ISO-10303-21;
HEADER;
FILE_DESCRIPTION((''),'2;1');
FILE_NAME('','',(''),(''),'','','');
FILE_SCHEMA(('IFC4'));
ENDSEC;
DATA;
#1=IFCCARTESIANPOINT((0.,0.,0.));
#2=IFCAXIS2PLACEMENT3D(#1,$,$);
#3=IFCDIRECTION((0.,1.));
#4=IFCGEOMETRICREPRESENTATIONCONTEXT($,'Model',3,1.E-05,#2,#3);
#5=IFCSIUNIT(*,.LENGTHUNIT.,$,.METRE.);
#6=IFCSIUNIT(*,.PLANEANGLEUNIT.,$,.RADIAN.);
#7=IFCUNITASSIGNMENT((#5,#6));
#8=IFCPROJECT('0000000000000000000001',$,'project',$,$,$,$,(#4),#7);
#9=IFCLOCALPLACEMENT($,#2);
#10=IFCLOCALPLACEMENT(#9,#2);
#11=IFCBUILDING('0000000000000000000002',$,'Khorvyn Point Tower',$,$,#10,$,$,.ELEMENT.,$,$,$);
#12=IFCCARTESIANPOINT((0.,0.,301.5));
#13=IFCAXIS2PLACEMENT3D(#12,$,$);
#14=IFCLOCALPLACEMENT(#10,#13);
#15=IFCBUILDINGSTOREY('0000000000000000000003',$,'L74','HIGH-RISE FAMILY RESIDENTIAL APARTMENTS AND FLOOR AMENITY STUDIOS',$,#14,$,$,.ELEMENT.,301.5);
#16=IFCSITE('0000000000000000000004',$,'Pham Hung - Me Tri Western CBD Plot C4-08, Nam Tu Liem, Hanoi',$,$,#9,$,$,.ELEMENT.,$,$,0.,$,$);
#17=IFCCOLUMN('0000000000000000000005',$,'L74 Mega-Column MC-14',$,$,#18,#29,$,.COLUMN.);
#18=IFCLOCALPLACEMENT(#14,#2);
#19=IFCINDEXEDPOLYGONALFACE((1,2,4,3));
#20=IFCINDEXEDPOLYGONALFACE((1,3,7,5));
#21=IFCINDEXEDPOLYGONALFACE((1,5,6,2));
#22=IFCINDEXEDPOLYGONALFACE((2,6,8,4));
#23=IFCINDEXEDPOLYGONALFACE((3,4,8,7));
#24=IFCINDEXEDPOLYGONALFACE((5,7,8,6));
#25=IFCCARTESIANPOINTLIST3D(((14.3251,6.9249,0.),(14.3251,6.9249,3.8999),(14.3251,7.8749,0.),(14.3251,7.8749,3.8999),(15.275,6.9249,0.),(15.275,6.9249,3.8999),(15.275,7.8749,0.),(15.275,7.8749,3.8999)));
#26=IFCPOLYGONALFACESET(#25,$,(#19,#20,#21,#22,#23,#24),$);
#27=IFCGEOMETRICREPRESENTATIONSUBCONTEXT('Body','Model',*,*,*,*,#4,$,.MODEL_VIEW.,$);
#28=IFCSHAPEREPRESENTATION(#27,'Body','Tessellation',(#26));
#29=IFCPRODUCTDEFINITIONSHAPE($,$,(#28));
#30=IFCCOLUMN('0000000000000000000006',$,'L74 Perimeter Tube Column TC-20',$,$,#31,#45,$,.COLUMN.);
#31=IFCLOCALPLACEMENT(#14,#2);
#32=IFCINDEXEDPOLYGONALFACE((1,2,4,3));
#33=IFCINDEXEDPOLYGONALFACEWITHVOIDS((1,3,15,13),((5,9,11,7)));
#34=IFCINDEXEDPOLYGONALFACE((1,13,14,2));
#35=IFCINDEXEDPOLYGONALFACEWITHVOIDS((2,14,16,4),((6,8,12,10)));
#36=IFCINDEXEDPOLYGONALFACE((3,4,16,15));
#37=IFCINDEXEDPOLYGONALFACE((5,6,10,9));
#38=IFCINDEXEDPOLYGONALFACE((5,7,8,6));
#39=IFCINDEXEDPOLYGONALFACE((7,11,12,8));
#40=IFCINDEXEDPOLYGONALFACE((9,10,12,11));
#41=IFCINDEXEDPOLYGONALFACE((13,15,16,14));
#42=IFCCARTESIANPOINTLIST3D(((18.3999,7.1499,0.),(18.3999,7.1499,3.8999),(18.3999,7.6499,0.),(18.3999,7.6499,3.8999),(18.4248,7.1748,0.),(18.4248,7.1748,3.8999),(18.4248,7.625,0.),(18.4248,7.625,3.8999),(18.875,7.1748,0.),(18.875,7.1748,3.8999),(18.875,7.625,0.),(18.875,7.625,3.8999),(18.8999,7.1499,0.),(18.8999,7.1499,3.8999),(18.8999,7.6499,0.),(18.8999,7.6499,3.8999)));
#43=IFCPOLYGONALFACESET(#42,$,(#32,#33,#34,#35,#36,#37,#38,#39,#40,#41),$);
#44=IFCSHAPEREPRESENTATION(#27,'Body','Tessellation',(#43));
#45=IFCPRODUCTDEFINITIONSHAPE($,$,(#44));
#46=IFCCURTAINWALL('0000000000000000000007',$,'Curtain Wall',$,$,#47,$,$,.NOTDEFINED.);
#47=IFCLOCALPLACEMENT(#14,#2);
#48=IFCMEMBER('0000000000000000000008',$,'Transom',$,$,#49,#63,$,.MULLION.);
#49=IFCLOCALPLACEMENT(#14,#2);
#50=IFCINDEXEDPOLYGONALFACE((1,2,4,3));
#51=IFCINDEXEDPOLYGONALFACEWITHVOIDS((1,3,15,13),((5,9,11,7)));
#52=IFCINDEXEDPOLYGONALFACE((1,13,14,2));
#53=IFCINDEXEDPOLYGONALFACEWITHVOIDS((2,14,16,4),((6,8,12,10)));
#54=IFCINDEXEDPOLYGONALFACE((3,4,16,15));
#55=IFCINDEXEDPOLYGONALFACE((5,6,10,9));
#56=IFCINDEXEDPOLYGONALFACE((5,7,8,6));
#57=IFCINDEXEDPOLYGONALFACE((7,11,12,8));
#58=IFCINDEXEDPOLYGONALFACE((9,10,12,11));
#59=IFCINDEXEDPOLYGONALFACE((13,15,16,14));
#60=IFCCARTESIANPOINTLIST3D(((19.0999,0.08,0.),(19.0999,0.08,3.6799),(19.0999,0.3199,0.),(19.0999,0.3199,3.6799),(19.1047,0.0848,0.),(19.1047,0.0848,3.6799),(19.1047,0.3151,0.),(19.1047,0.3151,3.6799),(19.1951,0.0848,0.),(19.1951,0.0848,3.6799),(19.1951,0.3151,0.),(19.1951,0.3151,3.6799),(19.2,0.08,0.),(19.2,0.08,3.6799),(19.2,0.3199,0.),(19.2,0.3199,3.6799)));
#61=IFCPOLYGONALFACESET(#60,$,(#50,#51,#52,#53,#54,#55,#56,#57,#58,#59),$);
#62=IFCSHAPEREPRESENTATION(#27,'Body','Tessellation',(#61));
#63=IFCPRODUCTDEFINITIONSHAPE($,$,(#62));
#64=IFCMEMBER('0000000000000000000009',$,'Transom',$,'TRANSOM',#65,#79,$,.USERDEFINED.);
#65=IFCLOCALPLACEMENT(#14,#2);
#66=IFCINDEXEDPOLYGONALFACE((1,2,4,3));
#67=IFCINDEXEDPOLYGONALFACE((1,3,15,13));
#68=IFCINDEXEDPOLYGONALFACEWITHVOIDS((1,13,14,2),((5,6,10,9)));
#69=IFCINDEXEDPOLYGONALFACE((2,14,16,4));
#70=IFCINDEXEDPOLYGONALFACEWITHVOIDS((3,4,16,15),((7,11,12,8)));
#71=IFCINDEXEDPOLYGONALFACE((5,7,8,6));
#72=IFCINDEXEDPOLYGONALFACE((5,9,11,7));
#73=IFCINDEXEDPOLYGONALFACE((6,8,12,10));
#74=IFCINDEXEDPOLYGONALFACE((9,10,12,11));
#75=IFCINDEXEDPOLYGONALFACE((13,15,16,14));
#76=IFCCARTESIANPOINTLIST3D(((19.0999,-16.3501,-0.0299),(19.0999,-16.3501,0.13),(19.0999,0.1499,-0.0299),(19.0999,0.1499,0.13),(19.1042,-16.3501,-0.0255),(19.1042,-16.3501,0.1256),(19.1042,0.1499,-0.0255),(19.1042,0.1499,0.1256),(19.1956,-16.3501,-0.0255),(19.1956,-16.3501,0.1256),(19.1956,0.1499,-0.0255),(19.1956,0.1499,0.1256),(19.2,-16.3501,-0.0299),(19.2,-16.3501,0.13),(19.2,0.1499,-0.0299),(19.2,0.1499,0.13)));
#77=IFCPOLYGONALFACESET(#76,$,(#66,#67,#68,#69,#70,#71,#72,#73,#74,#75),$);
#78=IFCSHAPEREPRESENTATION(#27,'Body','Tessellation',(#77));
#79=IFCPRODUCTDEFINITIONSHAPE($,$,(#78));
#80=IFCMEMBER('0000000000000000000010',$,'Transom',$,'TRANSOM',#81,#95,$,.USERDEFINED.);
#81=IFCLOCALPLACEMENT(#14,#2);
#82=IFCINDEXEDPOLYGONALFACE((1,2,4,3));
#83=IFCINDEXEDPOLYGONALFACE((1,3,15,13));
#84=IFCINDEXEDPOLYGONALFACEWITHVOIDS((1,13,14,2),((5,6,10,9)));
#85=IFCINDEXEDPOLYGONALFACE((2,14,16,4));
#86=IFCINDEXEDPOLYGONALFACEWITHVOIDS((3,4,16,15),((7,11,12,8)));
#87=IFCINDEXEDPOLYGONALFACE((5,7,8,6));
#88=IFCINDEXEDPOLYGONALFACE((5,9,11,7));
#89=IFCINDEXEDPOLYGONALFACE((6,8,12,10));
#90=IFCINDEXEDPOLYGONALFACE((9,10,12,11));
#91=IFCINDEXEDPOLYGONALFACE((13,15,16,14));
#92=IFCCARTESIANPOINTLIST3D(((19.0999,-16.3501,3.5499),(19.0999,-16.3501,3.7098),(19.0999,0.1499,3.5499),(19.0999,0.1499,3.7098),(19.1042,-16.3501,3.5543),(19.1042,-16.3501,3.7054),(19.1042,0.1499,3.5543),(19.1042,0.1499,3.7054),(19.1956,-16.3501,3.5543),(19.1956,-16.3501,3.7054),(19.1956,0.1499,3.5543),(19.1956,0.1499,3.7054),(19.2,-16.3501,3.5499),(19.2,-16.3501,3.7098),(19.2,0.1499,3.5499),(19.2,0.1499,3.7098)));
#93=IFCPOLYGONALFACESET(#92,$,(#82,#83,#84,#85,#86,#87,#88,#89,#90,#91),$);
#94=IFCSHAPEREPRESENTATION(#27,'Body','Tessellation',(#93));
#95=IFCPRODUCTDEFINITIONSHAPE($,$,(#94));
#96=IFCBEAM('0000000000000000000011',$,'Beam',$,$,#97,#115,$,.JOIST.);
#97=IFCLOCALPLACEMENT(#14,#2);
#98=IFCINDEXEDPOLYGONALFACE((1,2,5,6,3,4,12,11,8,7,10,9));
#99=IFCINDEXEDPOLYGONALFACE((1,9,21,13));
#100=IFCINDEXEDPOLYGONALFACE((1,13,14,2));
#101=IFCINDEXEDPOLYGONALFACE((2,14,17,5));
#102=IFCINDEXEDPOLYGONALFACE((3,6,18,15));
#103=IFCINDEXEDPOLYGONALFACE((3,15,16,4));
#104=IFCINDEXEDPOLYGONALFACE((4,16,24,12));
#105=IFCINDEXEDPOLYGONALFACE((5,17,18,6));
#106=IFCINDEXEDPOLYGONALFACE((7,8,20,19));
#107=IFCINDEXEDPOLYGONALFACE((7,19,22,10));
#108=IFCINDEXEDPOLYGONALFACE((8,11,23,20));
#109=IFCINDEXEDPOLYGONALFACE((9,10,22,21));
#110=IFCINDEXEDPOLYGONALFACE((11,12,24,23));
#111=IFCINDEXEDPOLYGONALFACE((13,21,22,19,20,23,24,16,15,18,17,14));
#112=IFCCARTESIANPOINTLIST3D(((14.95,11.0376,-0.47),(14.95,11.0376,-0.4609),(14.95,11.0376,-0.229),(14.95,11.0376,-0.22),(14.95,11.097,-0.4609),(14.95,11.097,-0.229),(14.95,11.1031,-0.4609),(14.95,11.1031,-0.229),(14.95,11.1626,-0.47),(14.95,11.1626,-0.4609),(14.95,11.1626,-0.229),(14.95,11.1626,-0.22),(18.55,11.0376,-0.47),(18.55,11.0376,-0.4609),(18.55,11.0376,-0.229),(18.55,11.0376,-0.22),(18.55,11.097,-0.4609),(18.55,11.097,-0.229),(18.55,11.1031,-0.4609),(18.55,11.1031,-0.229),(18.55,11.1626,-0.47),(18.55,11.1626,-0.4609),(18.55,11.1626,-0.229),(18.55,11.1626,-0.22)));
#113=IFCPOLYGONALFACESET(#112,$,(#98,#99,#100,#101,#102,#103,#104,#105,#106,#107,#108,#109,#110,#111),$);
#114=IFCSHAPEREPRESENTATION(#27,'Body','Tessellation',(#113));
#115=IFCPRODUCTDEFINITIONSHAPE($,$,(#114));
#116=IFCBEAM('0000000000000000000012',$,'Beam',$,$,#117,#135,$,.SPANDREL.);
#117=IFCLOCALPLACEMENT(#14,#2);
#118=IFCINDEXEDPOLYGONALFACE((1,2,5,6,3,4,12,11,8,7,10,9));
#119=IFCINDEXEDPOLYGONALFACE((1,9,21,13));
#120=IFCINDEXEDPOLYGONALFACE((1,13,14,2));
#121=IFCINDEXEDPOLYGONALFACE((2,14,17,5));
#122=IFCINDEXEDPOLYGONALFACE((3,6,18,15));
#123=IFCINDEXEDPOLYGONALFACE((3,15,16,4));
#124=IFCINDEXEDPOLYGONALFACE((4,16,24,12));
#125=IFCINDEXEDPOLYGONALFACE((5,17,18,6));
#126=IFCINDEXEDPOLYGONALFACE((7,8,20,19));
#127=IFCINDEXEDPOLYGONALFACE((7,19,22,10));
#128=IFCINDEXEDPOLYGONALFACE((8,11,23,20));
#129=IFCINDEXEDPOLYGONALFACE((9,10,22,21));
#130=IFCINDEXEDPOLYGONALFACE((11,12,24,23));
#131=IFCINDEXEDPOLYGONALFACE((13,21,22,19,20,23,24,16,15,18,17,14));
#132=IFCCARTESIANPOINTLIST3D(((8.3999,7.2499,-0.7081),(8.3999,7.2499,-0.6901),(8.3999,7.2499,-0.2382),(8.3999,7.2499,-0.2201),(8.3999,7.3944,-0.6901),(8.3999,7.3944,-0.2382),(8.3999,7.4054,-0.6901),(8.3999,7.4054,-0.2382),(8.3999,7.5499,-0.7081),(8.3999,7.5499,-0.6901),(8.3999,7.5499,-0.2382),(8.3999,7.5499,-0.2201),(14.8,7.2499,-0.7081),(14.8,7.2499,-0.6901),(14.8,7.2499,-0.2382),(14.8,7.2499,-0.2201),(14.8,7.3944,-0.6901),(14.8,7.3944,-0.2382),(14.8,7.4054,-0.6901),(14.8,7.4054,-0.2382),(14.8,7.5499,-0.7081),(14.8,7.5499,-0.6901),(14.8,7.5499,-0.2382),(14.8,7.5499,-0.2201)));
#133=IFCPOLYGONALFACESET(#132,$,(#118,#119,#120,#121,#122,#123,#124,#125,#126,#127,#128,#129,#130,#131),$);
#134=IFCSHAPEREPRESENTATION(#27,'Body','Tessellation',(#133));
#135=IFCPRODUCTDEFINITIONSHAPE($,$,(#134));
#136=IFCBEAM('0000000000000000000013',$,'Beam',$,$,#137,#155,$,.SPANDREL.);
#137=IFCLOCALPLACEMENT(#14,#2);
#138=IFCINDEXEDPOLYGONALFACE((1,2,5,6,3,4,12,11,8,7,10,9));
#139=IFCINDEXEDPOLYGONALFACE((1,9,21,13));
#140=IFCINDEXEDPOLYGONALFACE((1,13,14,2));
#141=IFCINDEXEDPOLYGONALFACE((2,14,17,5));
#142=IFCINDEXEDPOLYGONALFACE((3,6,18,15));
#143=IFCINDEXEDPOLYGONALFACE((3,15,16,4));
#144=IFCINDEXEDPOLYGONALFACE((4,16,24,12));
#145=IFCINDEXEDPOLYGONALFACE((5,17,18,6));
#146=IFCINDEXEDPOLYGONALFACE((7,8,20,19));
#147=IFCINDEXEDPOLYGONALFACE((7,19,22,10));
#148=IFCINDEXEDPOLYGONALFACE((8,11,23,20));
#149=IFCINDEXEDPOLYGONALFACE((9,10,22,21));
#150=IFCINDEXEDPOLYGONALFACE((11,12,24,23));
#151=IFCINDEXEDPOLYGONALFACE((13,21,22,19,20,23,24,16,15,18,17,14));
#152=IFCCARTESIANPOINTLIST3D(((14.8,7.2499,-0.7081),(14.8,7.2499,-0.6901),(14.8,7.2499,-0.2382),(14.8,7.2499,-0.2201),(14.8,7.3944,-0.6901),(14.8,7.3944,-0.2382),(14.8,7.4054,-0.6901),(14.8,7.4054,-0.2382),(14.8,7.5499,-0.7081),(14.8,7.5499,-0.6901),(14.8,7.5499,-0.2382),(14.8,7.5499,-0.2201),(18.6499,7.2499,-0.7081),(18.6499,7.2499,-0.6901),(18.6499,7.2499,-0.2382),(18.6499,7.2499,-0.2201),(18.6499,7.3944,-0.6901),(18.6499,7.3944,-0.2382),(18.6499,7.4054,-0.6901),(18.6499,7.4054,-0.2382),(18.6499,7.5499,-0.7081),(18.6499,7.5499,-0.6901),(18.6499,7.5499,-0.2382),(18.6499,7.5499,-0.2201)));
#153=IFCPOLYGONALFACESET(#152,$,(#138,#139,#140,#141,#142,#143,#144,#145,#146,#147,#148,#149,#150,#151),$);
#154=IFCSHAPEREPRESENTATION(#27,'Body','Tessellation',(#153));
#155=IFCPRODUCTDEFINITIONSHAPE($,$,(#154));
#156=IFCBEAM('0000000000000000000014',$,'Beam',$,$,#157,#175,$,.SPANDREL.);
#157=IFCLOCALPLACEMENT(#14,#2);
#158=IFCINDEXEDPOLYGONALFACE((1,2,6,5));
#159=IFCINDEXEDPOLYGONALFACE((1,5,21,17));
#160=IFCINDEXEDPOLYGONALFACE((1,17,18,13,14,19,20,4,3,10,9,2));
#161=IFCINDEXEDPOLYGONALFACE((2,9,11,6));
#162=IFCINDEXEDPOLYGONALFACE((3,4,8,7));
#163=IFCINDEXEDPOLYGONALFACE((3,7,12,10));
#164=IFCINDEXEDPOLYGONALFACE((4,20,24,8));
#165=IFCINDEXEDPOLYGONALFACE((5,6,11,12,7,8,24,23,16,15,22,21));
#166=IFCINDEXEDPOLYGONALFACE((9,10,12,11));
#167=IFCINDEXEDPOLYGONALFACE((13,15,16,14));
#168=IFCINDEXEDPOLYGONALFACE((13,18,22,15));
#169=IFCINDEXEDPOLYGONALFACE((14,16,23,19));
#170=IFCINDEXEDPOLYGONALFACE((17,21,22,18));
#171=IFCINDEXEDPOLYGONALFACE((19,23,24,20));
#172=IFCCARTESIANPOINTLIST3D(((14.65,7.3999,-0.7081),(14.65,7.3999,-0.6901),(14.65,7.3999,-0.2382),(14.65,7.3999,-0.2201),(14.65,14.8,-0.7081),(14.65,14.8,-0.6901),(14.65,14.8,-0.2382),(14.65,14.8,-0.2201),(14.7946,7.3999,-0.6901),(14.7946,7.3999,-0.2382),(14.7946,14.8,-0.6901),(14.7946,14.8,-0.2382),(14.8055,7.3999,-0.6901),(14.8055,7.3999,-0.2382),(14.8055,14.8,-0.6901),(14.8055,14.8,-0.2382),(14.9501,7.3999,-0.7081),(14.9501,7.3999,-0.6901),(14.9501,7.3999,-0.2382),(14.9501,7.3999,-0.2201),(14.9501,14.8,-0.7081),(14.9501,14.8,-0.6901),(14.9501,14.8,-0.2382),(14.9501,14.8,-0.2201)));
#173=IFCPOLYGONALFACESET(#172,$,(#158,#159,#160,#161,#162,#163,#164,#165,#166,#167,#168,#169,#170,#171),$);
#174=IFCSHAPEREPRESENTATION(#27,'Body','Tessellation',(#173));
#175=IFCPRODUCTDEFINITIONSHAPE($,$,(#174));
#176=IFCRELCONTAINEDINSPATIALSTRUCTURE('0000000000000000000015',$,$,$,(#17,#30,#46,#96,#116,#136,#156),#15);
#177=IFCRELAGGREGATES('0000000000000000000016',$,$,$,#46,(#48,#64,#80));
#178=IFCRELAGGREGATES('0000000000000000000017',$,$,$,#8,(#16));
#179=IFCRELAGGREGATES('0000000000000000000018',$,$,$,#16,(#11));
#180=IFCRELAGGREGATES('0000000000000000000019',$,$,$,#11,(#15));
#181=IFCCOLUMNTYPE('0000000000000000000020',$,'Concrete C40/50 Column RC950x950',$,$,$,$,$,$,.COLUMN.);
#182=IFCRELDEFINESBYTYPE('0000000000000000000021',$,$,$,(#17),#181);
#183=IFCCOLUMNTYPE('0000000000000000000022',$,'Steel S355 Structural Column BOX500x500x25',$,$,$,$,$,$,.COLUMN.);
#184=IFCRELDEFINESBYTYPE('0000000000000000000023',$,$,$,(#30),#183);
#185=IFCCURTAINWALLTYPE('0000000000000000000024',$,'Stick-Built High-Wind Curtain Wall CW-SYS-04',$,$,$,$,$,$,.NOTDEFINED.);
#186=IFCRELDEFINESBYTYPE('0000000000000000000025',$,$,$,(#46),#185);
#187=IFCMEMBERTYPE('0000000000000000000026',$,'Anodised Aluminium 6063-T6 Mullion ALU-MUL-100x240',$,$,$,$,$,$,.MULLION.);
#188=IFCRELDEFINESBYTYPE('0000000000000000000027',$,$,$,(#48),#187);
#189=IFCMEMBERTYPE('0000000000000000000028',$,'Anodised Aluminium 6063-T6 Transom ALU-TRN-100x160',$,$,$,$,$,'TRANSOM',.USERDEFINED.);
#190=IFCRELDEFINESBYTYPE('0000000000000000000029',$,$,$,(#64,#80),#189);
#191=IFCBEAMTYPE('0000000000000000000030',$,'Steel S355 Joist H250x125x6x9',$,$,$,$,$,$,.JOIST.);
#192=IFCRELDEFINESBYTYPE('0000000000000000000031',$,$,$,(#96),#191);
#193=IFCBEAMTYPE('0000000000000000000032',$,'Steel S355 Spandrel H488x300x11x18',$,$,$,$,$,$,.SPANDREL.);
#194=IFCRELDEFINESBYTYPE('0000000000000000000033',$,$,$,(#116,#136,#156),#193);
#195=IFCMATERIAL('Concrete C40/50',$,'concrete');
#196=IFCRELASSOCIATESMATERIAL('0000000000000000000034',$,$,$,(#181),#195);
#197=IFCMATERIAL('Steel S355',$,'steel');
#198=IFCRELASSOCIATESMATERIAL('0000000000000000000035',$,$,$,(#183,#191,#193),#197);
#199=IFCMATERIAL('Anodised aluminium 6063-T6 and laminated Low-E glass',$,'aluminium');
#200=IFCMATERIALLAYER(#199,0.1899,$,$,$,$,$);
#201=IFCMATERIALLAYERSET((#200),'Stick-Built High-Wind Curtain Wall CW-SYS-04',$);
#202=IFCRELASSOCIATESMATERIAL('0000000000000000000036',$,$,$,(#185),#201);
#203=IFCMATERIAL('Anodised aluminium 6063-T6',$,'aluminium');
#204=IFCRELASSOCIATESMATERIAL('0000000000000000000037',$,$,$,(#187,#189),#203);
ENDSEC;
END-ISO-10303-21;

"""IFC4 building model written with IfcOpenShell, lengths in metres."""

from ifc_helpers import new_model, si_unit, direction, frame, origin, origin_2d, place, context, subcontext, project, spatial, rectangle, hollow_rectangle, i_section, extrude, material, layer, layer_set, material_profile, profile_set, type_object, element, aggregate, save


model = new_model("IFC4")

# Units and contexts
model_context = context("Model", 3, precision=1e-05, world=origin(), true_north=direction((0.0, 1.0)))
body_context = subcontext(model_context, "Body", "Model", "MODEL_VIEW")
ifc_project = project(units=[si_unit("LENGTHUNIT", "METRE"), si_unit("PLANEANGLEUNIT", "RADIAN")], contexts=[model_context])

# Site, building, storey
site_placement = place(None, origin())
site = spatial("IfcSite", under=ifc_project, at=site_placement, Name="Pham Hung - Me Tri Western CBD Plot C4-08, Nam Tu Liem, Hanoi", CompositionType="ELEMENT", RefElevation=0.0)
building_placement = place(site_placement, origin())
building = spatial("IfcBuilding", under=site, at=building_placement, Name="Khorvyn Point Tower", CompositionType="ELEMENT")
storey_placement = place(building_placement, frame((0.0, 0.0, 301.5)))
storey = spatial("IfcBuildingStorey", under=building, at=storey_placement, Name="L74", Description="HIGH-RISE FAMILY RESIDENTIAL APARTMENTS AND FLOOR AMENITY STUDIOS", CompositionType="ELEMENT", Elevation=301.5)

# Columns
ifc_material_1 = material(Name="Concrete C40/50", Category="concrete")
ifc_material_profile_1 = material_profile(ifc_material_1, rectangle(XDim=0.95, YDim=0.95, at=origin_2d()))
ifc_profile_set_1 = profile_set([ifc_material_profile_1], Name="Concrete C40/50 RC950x950")
column_type_1 = type_object("IfcColumnType", Name="Concrete C40/50 Column RC950x950", PredefinedType="COLUMN", material=ifc_profile_set_1)
column_1_placement = place(storey_placement, frame((14.8, 7.3999, 0.0), z_axis=(0.0, 0.0, 1.0), x_axis=(1.0, 0.0, 0.0)))
element("IfcColumn", 1, at=column_1_placement, inside=storey, type_object=column_type_1, Name="L74 Mega-Column MC-14", PredefinedType="COLUMN", context=body_context, shape_type="SweptSolid", body=[
    extrude(rectangle(XDim=0.95, YDim=0.95, at=origin_2d()), origin(), (0.0, 0.0, 1.0), 3.8999),
])
ifc_material_2 = material(Name="Steel S355", Category="steel")
ifc_material_profile_2 = material_profile(ifc_material_2, hollow_rectangle(XDim=0.5, YDim=0.5, WallThickness=0.0249, at=origin_2d()))
ifc_profile_set_2 = profile_set([ifc_material_profile_2], Name="Steel S355 BOX500x500x25")
column_type_2 = type_object("IfcColumnType", Name="Steel S355 Structural Column BOX500x500x25", PredefinedType="COLUMN", material=ifc_profile_set_2)
column_2_placement = place(storey_placement, frame((18.6499, 7.3999, 0.0), z_axis=(0.0, 0.0, 1.0), x_axis=(1.0, 0.0, 0.0)))
element("IfcColumn", 2, at=column_2_placement, inside=storey, type_object=column_type_2, Name="L74 Perimeter Tube Column TC-20", PredefinedType="COLUMN", context=body_context, shape_type="SweptSolid", body=[
    extrude(hollow_rectangle(XDim=0.5, YDim=0.5, WallThickness=0.0249, at=origin_2d()), origin(), (0.0, 0.0, 1.0), 3.8999),
])

# Curtain wall, members
ifc_material_3 = material(Name="Anodised aluminium 6063-T6 and laminated Low-E glass", Category="aluminium")
ifc_layer_1 = layer(ifc_material_3, 0.1899)
ifc_layer_set_1 = layer_set([ifc_layer_1], Name="Stick-Built High-Wind Curtain Wall CW-SYS-04")
curtain_wall_type = type_object("IfcCurtainWallType", Name="Stick-Built High-Wind Curtain Wall CW-SYS-04", PredefinedType="NOTDEFINED", material=ifc_layer_set_1)
curtain_wall_placement = place(storey_placement, origin())
curtain_wall = element("IfcCurtainWall", 3, at=curtain_wall_placement, inside=storey, type_object=curtain_wall_type, Name="Curtain Wall", PredefinedType="NOTDEFINED")
ifc_material_4 = material(Name="Anodised aluminium 6063-T6", Category="aluminium")
ifc_material_profile_3 = material_profile(ifc_material_4, hollow_rectangle(XDim=0.1001, YDim=0.24, WallThickness=0.0049, at=origin_2d()))
ifc_profile_set_3 = profile_set([ifc_material_profile_3], Name="Anodised aluminium 6063-T6 ALU-MUL-100x240")
member_type_1 = type_object("IfcMemberType", Name="Anodised Aluminium 6063-T6 Mullion ALU-MUL-100x240", PredefinedType="MULLION", material=ifc_profile_set_3)
member_1_placement = place(storey_placement, frame((19.1499, 0.2, 0.0), z_axis=(0.0, 0.0, 1.0), x_axis=(1.0, 0.0, 0.0)))
member_1 = element("IfcMember", 4, at=member_1_placement, type_object=member_type_1, Name="Transom", PredefinedType="MULLION", context=body_context, shape_type="SweptSolid", body=[
    extrude(hollow_rectangle(XDim=0.1001, YDim=0.24, WallThickness=0.0049, at=origin_2d()), origin(), (0.0, 0.0, 1.0), 3.6799),
])
ifc_material_profile_4 = material_profile(ifc_material_4, hollow_rectangle(XDim=0.1001, YDim=0.1599, WallThickness=0.0044, at=origin_2d()))
ifc_profile_set_4 = profile_set([ifc_material_profile_4], Name="Anodised aluminium 6063-T6 ALU-TRN-100x160")
member_type_2 = type_object("IfcMemberType", Name="Anodised Aluminium 6063-T6 Transom ALU-TRN-100x160", ElementType="TRANSOM", PredefinedType="USERDEFINED", material=ifc_profile_set_4)
member_2_placement = place(storey_placement, frame((19.1499, 0.1499, 0.05), z_axis=(0.0, -1.0, 0.0), x_axis=(1.0, 0.0, 0.0)))
member_2 = element("IfcMember", 5, at=member_2_placement, type_object=member_type_2, Name="Transom", ObjectType="TRANSOM", PredefinedType="USERDEFINED", context=body_context, shape_type="SweptSolid", body=[
    extrude(hollow_rectangle(XDim=0.1001, YDim=0.1599, WallThickness=0.0044, at=origin_2d()), origin(), (0.0, 0.0, 1.0), 16.5),
])
member_3_placement = place(storey_placement, frame((19.1499, 0.1499, 3.6299), z_axis=(0.0, -1.0, 0.0), x_axis=(1.0, 0.0, 0.0)))
member_3 = element("IfcMember", 6, at=member_3_placement, type_object=member_type_2, Name="Transom", ObjectType="TRANSOM", PredefinedType="USERDEFINED", context=body_context, shape_type="SweptSolid", body=[
    extrude(hollow_rectangle(XDim=0.1001, YDim=0.1599, WallThickness=0.0044, at=origin_2d()), origin(), (0.0, 0.0, 1.0), 16.5),
])

# Beams
ifc_material_profile_5 = material_profile(ifc_material_2, i_section(OverallWidth=0.125, OverallDepth=0.25, WebThickness=0.0061, FlangeThickness=0.009, at=origin_2d()))
ifc_profile_set_5 = profile_set([ifc_material_profile_5], Name="Steel S355 H250x125x6x9")
beam_type_1 = type_object("IfcBeamType", Name="Steel S355 Joist H250x125x6x9", PredefinedType="JOIST", material=ifc_profile_set_5)
beam_1_placement = place(storey_placement, frame((14.95, 11.1001, -0.345), z_axis=(1.0, 0.0, 0.0), x_axis=(0.0, 1.0, 0.0)))
element("IfcBeam", 7, at=beam_1_placement, inside=storey, type_object=beam_type_1, Name="Beam", PredefinedType="JOIST", context=body_context, shape_type="SweptSolid", body=[
    extrude(i_section(OverallWidth=0.125, OverallDepth=0.25, WebThickness=0.0061, FlangeThickness=0.009, at=origin_2d()), origin(), (0.0, 0.0, 1.0), 3.6001),
])
ifc_material_profile_6 = material_profile(ifc_material_2, i_section(OverallWidth=0.3, OverallDepth=0.488, WebThickness=0.011, FlangeThickness=0.0181, at=origin_2d()))
ifc_profile_set_6 = profile_set([ifc_material_profile_6], Name="Steel S355 H488x300x11x18")
beam_type_2 = type_object("IfcBeamType", Name="Steel S355 Spandrel H488x300x11x18", PredefinedType="SPANDREL", material=ifc_profile_set_6)
beam_2_placement = place(storey_placement, frame((8.3999, 7.3999, -0.4641), z_axis=(1.0, 0.0, 0.0), x_axis=(0.0, 1.0, 0.0)))
element("IfcBeam", 8, at=beam_2_placement, inside=storey, type_object=beam_type_2, Name="Beam", PredefinedType="SPANDREL", context=body_context, shape_type="SweptSolid", body=[
    extrude(i_section(OverallWidth=0.3, OverallDepth=0.488, WebThickness=0.011, FlangeThickness=0.0181, at=origin_2d()), origin(), (0.0, 0.0, 1.0), 6.4001),
])
beam_3_placement = place(storey_placement, frame((14.8, 7.3999, -0.4641), z_axis=(1.0, 0.0, 0.0), x_axis=(0.0, 1.0, 0.0)))
element("IfcBeam", 9, at=beam_3_placement, inside=storey, type_object=beam_type_2, Name="Beam", PredefinedType="SPANDREL", context=body_context, shape_type="SweptSolid", body=[
    extrude(i_section(OverallWidth=0.3, OverallDepth=0.488, WebThickness=0.011, FlangeThickness=0.0181, at=origin_2d()), origin(), (0.0, 0.0, 1.0), 3.8499),
])
beam_4_placement = place(storey_placement, frame((14.8, 7.3999, -0.4641), z_axis=(0.0, 1.0, 0.0), x_axis=(-1.0, 0.0, 0.0)))
element("IfcBeam", 10, at=beam_4_placement, inside=storey, type_object=beam_type_2, Name="Beam", PredefinedType="SPANDREL", context=body_context, shape_type="SweptSolid", body=[
    extrude(i_section(OverallWidth=0.3, OverallDepth=0.488, WebThickness=0.011, FlangeThickness=0.0181, at=origin_2d()), origin(), (0.0, 0.0, 1.0), 7.4001),
])

aggregate(curtain_wall, [member_1, member_2, member_3])

save(model, "model.ifc")
